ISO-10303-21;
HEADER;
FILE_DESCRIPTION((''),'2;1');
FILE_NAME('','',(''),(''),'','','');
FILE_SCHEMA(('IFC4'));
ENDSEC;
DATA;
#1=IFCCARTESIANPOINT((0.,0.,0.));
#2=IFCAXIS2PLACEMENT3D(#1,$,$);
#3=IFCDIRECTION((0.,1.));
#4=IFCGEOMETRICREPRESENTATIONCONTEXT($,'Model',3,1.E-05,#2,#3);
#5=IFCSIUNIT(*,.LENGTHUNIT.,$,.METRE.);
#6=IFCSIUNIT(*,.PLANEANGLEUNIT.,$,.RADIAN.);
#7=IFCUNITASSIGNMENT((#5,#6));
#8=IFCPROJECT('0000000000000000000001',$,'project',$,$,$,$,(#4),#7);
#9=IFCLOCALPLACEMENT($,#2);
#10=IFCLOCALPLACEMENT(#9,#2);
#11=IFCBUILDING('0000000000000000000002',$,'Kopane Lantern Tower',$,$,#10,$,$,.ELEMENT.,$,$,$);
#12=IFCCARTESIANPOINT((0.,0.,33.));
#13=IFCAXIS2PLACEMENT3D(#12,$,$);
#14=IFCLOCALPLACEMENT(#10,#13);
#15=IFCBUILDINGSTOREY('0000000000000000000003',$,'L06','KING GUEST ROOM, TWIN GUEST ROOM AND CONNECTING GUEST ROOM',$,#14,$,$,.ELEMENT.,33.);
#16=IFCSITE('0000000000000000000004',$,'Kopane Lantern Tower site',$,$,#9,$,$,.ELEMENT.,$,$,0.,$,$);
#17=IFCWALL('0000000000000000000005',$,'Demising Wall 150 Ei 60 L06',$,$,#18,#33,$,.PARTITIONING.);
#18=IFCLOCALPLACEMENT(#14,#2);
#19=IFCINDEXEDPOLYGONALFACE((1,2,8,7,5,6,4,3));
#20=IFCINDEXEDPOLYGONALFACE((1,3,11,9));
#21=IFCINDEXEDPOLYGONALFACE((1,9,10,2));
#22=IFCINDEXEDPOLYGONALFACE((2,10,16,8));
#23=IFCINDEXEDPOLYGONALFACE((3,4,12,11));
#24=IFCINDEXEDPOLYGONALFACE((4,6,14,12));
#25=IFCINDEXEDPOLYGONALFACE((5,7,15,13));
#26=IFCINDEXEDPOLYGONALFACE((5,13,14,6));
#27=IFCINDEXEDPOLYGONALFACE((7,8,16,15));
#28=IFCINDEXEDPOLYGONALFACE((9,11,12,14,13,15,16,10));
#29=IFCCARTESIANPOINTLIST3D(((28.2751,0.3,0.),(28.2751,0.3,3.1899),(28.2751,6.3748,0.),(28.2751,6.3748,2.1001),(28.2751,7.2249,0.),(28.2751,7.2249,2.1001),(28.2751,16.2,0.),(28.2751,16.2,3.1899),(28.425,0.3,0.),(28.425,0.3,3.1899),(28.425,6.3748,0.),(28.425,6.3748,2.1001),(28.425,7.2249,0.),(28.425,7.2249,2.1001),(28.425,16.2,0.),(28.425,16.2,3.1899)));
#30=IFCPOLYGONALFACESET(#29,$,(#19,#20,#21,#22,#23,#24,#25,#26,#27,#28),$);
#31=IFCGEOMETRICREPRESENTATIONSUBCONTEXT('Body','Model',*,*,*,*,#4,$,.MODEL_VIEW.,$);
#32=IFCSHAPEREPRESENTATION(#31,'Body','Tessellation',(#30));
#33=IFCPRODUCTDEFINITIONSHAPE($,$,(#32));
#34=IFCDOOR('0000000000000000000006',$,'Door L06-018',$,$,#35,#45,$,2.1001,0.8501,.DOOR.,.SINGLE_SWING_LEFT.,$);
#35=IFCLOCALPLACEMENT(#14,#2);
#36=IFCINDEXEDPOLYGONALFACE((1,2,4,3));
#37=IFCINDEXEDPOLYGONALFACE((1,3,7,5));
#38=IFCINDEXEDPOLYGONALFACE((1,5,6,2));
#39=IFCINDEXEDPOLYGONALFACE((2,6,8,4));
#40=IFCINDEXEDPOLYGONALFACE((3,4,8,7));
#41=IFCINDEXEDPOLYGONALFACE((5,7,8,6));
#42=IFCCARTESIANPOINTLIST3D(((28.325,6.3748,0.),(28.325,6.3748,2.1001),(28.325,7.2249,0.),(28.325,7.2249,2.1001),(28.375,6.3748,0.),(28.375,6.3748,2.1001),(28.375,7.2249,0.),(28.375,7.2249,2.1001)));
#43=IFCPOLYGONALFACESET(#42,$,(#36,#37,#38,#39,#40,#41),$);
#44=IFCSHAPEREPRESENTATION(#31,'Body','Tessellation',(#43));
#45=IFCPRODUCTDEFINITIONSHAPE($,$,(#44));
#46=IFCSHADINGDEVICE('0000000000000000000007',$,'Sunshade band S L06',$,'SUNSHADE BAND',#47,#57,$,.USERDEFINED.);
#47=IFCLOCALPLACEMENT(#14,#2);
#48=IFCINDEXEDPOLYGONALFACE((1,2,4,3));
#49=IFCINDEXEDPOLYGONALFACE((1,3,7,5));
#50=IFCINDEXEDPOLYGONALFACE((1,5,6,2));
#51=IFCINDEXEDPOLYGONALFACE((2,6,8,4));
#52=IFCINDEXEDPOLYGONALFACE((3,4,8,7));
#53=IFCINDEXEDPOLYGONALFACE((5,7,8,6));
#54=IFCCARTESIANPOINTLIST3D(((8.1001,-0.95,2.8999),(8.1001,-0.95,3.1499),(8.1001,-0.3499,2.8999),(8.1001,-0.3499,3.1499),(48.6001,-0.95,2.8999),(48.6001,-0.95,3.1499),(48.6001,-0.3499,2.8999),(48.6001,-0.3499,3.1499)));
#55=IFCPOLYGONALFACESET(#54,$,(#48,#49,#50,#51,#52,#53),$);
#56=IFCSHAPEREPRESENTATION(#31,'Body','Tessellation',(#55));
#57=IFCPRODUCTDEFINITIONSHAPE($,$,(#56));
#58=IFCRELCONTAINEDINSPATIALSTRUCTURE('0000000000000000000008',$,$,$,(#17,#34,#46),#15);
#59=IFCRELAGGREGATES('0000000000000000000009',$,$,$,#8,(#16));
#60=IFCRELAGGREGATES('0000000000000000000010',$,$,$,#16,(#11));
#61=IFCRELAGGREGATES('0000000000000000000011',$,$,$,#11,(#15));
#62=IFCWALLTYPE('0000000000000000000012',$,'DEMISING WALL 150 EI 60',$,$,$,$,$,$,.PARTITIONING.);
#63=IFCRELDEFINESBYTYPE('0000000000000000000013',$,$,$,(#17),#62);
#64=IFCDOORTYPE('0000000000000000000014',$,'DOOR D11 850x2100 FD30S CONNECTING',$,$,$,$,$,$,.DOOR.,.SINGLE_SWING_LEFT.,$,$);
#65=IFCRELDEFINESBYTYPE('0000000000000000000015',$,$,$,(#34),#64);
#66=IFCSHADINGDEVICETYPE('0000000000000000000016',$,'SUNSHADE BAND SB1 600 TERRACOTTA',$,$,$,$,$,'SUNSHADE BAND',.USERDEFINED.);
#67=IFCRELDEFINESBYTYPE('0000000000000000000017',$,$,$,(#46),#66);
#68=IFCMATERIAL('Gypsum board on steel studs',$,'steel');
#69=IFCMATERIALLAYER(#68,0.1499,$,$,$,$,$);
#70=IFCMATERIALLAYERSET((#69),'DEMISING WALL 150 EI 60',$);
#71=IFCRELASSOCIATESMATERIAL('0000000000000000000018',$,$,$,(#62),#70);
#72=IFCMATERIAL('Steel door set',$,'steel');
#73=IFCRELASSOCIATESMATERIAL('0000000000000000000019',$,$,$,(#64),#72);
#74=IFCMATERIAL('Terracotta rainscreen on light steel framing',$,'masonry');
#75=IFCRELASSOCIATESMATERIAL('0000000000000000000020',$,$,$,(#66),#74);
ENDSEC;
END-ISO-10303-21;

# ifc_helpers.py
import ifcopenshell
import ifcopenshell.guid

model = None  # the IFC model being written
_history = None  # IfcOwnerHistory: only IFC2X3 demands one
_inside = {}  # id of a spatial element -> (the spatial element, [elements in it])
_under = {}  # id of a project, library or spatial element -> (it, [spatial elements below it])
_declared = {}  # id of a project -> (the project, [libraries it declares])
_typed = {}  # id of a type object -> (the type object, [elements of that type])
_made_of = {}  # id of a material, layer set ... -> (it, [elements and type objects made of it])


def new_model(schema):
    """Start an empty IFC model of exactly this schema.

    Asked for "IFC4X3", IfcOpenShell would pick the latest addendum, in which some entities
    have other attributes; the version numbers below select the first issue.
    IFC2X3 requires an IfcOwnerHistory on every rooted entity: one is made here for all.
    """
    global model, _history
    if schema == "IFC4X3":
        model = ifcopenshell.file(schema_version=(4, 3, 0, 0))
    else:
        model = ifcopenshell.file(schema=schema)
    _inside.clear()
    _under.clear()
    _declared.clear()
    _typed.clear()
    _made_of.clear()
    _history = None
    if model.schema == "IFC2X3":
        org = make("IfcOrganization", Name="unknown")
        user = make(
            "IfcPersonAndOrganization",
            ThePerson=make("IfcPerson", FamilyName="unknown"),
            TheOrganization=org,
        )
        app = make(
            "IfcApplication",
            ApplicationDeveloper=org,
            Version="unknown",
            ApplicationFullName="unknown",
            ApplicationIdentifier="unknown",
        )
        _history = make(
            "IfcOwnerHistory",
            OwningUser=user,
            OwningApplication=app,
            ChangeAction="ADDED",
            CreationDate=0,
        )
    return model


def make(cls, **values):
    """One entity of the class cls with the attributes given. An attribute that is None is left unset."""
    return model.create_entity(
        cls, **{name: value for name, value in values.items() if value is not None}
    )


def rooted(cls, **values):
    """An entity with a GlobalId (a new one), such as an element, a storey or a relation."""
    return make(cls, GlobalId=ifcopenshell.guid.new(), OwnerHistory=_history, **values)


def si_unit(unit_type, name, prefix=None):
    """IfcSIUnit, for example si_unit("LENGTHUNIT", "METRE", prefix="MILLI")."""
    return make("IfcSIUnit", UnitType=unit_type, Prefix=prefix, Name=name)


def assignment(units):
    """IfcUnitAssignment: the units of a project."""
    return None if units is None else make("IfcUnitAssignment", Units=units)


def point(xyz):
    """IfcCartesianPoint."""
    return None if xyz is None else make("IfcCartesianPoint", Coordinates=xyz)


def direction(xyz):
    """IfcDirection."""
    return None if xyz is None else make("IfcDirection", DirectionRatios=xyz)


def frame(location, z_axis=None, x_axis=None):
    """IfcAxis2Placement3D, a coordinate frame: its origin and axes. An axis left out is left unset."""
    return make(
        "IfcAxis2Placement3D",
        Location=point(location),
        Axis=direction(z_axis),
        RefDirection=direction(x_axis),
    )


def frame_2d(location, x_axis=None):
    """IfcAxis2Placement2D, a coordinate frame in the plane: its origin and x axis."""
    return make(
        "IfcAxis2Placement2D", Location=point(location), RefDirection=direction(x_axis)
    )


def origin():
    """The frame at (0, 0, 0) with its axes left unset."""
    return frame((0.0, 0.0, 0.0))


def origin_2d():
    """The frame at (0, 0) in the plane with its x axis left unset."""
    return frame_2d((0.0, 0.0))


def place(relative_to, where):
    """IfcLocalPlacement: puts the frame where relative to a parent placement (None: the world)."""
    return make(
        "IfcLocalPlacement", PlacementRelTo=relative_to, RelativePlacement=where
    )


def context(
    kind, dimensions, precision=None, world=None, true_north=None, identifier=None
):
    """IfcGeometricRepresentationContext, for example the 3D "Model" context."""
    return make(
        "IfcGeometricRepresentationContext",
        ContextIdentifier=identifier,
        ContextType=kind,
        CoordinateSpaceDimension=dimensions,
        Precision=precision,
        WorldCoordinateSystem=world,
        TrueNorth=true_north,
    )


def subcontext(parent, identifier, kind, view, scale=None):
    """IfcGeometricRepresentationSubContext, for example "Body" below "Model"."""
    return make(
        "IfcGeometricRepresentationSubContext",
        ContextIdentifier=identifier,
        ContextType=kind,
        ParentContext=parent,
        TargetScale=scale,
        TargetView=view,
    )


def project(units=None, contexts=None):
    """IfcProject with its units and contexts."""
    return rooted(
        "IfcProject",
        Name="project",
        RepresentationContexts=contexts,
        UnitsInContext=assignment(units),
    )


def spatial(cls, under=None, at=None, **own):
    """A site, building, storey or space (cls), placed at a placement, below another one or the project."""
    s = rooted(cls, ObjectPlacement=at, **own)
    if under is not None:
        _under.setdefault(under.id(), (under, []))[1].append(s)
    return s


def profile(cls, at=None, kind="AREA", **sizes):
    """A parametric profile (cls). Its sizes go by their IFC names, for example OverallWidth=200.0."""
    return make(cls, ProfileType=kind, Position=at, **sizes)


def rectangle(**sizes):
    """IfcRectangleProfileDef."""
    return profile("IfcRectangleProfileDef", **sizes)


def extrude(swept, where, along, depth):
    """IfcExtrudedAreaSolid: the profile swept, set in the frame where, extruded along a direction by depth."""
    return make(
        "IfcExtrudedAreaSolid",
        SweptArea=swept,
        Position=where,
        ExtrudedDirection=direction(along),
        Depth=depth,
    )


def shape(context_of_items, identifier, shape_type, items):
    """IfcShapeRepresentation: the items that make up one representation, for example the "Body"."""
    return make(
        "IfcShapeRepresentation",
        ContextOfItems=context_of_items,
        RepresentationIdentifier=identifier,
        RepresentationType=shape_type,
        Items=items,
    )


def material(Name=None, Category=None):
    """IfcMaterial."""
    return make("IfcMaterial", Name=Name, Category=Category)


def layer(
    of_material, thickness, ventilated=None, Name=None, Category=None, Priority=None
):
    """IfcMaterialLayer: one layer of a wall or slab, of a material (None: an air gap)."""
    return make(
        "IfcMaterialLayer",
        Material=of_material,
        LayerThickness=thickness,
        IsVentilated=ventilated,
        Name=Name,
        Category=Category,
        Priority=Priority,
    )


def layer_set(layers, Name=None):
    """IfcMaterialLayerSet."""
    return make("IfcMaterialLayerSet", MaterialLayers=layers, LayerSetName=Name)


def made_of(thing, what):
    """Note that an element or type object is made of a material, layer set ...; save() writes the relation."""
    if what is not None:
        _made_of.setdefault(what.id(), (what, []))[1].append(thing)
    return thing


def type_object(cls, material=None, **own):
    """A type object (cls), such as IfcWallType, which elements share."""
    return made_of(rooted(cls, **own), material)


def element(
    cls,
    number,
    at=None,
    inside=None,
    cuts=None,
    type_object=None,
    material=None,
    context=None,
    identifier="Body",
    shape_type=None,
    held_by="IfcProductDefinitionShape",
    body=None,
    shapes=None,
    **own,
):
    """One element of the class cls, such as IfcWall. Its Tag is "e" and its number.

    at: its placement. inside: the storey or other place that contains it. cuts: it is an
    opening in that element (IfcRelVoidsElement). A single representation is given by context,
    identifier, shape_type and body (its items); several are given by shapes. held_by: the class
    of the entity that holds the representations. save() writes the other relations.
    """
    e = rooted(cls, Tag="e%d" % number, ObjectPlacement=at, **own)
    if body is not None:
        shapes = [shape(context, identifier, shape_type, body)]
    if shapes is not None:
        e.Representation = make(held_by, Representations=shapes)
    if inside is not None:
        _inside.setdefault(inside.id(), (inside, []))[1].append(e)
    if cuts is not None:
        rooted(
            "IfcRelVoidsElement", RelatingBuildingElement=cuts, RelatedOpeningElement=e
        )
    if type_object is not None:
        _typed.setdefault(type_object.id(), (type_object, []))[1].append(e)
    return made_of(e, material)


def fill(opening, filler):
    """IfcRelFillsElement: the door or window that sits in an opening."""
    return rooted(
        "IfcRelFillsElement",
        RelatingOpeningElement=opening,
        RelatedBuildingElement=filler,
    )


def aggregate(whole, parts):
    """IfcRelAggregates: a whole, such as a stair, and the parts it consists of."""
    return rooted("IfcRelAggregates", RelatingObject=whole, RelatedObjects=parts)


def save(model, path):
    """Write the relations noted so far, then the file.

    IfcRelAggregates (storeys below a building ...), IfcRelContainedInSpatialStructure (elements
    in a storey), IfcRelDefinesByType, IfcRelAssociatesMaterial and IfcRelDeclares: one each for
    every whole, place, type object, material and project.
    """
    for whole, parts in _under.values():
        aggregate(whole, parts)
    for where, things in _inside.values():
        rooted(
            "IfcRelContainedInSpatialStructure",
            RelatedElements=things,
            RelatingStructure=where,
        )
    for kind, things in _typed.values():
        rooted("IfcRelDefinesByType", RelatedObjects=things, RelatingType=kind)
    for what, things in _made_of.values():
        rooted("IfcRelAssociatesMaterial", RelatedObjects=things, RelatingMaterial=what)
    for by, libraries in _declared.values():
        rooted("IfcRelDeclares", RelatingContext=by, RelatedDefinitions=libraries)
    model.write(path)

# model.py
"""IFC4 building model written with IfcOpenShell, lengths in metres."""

from ifc_helpers import new_model, si_unit, direction, frame, frame_2d, origin, origin_2d, place, context, subcontext, project, spatial, rectangle, extrude, material, layer, layer_set, type_object, element, fill, save


model = new_model("IFC4")

# Units and contexts
model_context = context("Model", 3, precision=1e-05, world=origin(), true_north=direction((0.0, 1.0)))
body_context = subcontext(model_context, "Body", "Model", "MODEL_VIEW")
ifc_project = project(units=[si_unit("LENGTHUNIT", "METRE"), si_unit("PLANEANGLEUNIT", "RADIAN")], contexts=[model_context])

# Site, building, storey
site_placement = place(None, origin())
site = spatial("IfcSite", under=ifc_project, at=site_placement, Name="Kopane Lantern Tower site", CompositionType="ELEMENT", RefElevation=0.0)
building_placement = place(site_placement, origin())
building = spatial("IfcBuilding", under=site, at=building_placement, Name="Kopane Lantern Tower", CompositionType="ELEMENT")
storey_placement = place(building_placement, frame((0.0, 0.0, 33.0)))
storey = spatial("IfcBuildingStorey", under=building, at=storey_placement, Name="L06", Description="KING GUEST ROOM, TWIN GUEST ROOM AND CONNECTING GUEST ROOM", CompositionType="ELEMENT", Elevation=33.0)

# Wall, opening, door
ifc_material_1 = material(Name="Gypsum board on steel studs", Category="steel")
ifc_layer_1 = layer(ifc_material_1, 0.1499)
ifc_layer_set_1 = layer_set([ifc_layer_1], Name="DEMISING WALL 150 EI 60")
wall_type_1 = type_object("IfcWallType", Name="DEMISING WALL 150 EI 60", PredefinedType="PARTITIONING", material=ifc_layer_set_1)
wall_1_placement = place(storey_placement, frame((28.3501, 16.2, 0.0), z_axis=(0.0, 0.0, 1.0), x_axis=(0.0, -1.0, 0.0)))
wall_1 = element("IfcWall", 1, at=wall_1_placement, inside=storey, type_object=wall_type_1, Name="Demising Wall 150 Ei 60 L06", PredefinedType="PARTITIONING", context=body_context, shape_type="SweptSolid", body=[
    extrude(rectangle(XDim=15.8999, YDim=0.1499, at=frame_2d((7.95, 0.0))), origin(), (0.0, 0.0, 1.0), 3.1899),
])
opening_1_placement = place(wall_1_placement, frame((8.9751, 0.0, 0.0)))
opening_1 = element("IfcOpeningElement", 2, at=opening_1_placement, cuts=wall_1, PredefinedType="OPENING", context=body_context, shape_type="SweptSolid", body=[
    extrude(rectangle(XDim=0.8501, YDim=2.1001, at=frame_2d((0.425, 1.05))), frame((0.0, 0.085, 0.0), z_axis=(0.0, -1.0, 0.0), x_axis=(1.0, 0.0, 0.0)), (0.0, 0.0, 1.0), 0.1699),
])
ifc_material_2 = material(Name="Steel door set", Category="steel")
door_type_1 = type_object("IfcDoorType", Name="DOOR D11 850x2100 FD30S CONNECTING", OperationType="SINGLE_SWING_LEFT", PredefinedType="DOOR", material=ifc_material_2)
door_1_placement = place(opening_1_placement, origin())
door_1 = element("IfcDoor", 3, at=door_1_placement, inside=storey, type_object=door_type_1, Name="Door L06-018", OperationType="SINGLE_SWING_LEFT", OverallHeight=2.1001, OverallWidth=0.8501, PredefinedType="DOOR", context=body_context, shape_type="SweptSolid", body=[
    extrude(rectangle(XDim=0.8501, YDim=2.1001, at=frame_2d((0.425, 1.05))), frame((0.0, 0.0249, 0.0), z_axis=(0.0, -1.0, 0.0), x_axis=(1.0, 0.0, 0.0)), (0.0, 0.0, 1.0), 0.05),
])
fill(opening_1, door_1)

# Shading device
ifc_material_3 = material(Name="Terracotta rainscreen on light steel framing", Category="masonry")
shading_device_type = type_object("IfcShadingDeviceType", Name="SUNSHADE BAND SB1 600 TERRACOTTA", ElementType="SUNSHADE BAND", PredefinedType="USERDEFINED", material=ifc_material_3)
shading_device_placement = place(storey_placement, frame((28.3501, -0.6499, 2.8999), z_axis=(0.0, 0.0, 1.0), x_axis=(1.0, 0.0, 0.0)))
element("IfcShadingDevice", 4, at=shading_device_placement, inside=storey, type_object=shading_device_type, Name="Sunshade band S L06", ObjectType="SUNSHADE BAND", PredefinedType="USERDEFINED", context=body_context, shape_type="SweptSolid", body=[
    extrude(rectangle(XDim=40.5, YDim=0.6001, at=origin_2d()), origin(), (0.0, 0.0, 1.0), 0.25),
])

save(model, "model.ifc")
